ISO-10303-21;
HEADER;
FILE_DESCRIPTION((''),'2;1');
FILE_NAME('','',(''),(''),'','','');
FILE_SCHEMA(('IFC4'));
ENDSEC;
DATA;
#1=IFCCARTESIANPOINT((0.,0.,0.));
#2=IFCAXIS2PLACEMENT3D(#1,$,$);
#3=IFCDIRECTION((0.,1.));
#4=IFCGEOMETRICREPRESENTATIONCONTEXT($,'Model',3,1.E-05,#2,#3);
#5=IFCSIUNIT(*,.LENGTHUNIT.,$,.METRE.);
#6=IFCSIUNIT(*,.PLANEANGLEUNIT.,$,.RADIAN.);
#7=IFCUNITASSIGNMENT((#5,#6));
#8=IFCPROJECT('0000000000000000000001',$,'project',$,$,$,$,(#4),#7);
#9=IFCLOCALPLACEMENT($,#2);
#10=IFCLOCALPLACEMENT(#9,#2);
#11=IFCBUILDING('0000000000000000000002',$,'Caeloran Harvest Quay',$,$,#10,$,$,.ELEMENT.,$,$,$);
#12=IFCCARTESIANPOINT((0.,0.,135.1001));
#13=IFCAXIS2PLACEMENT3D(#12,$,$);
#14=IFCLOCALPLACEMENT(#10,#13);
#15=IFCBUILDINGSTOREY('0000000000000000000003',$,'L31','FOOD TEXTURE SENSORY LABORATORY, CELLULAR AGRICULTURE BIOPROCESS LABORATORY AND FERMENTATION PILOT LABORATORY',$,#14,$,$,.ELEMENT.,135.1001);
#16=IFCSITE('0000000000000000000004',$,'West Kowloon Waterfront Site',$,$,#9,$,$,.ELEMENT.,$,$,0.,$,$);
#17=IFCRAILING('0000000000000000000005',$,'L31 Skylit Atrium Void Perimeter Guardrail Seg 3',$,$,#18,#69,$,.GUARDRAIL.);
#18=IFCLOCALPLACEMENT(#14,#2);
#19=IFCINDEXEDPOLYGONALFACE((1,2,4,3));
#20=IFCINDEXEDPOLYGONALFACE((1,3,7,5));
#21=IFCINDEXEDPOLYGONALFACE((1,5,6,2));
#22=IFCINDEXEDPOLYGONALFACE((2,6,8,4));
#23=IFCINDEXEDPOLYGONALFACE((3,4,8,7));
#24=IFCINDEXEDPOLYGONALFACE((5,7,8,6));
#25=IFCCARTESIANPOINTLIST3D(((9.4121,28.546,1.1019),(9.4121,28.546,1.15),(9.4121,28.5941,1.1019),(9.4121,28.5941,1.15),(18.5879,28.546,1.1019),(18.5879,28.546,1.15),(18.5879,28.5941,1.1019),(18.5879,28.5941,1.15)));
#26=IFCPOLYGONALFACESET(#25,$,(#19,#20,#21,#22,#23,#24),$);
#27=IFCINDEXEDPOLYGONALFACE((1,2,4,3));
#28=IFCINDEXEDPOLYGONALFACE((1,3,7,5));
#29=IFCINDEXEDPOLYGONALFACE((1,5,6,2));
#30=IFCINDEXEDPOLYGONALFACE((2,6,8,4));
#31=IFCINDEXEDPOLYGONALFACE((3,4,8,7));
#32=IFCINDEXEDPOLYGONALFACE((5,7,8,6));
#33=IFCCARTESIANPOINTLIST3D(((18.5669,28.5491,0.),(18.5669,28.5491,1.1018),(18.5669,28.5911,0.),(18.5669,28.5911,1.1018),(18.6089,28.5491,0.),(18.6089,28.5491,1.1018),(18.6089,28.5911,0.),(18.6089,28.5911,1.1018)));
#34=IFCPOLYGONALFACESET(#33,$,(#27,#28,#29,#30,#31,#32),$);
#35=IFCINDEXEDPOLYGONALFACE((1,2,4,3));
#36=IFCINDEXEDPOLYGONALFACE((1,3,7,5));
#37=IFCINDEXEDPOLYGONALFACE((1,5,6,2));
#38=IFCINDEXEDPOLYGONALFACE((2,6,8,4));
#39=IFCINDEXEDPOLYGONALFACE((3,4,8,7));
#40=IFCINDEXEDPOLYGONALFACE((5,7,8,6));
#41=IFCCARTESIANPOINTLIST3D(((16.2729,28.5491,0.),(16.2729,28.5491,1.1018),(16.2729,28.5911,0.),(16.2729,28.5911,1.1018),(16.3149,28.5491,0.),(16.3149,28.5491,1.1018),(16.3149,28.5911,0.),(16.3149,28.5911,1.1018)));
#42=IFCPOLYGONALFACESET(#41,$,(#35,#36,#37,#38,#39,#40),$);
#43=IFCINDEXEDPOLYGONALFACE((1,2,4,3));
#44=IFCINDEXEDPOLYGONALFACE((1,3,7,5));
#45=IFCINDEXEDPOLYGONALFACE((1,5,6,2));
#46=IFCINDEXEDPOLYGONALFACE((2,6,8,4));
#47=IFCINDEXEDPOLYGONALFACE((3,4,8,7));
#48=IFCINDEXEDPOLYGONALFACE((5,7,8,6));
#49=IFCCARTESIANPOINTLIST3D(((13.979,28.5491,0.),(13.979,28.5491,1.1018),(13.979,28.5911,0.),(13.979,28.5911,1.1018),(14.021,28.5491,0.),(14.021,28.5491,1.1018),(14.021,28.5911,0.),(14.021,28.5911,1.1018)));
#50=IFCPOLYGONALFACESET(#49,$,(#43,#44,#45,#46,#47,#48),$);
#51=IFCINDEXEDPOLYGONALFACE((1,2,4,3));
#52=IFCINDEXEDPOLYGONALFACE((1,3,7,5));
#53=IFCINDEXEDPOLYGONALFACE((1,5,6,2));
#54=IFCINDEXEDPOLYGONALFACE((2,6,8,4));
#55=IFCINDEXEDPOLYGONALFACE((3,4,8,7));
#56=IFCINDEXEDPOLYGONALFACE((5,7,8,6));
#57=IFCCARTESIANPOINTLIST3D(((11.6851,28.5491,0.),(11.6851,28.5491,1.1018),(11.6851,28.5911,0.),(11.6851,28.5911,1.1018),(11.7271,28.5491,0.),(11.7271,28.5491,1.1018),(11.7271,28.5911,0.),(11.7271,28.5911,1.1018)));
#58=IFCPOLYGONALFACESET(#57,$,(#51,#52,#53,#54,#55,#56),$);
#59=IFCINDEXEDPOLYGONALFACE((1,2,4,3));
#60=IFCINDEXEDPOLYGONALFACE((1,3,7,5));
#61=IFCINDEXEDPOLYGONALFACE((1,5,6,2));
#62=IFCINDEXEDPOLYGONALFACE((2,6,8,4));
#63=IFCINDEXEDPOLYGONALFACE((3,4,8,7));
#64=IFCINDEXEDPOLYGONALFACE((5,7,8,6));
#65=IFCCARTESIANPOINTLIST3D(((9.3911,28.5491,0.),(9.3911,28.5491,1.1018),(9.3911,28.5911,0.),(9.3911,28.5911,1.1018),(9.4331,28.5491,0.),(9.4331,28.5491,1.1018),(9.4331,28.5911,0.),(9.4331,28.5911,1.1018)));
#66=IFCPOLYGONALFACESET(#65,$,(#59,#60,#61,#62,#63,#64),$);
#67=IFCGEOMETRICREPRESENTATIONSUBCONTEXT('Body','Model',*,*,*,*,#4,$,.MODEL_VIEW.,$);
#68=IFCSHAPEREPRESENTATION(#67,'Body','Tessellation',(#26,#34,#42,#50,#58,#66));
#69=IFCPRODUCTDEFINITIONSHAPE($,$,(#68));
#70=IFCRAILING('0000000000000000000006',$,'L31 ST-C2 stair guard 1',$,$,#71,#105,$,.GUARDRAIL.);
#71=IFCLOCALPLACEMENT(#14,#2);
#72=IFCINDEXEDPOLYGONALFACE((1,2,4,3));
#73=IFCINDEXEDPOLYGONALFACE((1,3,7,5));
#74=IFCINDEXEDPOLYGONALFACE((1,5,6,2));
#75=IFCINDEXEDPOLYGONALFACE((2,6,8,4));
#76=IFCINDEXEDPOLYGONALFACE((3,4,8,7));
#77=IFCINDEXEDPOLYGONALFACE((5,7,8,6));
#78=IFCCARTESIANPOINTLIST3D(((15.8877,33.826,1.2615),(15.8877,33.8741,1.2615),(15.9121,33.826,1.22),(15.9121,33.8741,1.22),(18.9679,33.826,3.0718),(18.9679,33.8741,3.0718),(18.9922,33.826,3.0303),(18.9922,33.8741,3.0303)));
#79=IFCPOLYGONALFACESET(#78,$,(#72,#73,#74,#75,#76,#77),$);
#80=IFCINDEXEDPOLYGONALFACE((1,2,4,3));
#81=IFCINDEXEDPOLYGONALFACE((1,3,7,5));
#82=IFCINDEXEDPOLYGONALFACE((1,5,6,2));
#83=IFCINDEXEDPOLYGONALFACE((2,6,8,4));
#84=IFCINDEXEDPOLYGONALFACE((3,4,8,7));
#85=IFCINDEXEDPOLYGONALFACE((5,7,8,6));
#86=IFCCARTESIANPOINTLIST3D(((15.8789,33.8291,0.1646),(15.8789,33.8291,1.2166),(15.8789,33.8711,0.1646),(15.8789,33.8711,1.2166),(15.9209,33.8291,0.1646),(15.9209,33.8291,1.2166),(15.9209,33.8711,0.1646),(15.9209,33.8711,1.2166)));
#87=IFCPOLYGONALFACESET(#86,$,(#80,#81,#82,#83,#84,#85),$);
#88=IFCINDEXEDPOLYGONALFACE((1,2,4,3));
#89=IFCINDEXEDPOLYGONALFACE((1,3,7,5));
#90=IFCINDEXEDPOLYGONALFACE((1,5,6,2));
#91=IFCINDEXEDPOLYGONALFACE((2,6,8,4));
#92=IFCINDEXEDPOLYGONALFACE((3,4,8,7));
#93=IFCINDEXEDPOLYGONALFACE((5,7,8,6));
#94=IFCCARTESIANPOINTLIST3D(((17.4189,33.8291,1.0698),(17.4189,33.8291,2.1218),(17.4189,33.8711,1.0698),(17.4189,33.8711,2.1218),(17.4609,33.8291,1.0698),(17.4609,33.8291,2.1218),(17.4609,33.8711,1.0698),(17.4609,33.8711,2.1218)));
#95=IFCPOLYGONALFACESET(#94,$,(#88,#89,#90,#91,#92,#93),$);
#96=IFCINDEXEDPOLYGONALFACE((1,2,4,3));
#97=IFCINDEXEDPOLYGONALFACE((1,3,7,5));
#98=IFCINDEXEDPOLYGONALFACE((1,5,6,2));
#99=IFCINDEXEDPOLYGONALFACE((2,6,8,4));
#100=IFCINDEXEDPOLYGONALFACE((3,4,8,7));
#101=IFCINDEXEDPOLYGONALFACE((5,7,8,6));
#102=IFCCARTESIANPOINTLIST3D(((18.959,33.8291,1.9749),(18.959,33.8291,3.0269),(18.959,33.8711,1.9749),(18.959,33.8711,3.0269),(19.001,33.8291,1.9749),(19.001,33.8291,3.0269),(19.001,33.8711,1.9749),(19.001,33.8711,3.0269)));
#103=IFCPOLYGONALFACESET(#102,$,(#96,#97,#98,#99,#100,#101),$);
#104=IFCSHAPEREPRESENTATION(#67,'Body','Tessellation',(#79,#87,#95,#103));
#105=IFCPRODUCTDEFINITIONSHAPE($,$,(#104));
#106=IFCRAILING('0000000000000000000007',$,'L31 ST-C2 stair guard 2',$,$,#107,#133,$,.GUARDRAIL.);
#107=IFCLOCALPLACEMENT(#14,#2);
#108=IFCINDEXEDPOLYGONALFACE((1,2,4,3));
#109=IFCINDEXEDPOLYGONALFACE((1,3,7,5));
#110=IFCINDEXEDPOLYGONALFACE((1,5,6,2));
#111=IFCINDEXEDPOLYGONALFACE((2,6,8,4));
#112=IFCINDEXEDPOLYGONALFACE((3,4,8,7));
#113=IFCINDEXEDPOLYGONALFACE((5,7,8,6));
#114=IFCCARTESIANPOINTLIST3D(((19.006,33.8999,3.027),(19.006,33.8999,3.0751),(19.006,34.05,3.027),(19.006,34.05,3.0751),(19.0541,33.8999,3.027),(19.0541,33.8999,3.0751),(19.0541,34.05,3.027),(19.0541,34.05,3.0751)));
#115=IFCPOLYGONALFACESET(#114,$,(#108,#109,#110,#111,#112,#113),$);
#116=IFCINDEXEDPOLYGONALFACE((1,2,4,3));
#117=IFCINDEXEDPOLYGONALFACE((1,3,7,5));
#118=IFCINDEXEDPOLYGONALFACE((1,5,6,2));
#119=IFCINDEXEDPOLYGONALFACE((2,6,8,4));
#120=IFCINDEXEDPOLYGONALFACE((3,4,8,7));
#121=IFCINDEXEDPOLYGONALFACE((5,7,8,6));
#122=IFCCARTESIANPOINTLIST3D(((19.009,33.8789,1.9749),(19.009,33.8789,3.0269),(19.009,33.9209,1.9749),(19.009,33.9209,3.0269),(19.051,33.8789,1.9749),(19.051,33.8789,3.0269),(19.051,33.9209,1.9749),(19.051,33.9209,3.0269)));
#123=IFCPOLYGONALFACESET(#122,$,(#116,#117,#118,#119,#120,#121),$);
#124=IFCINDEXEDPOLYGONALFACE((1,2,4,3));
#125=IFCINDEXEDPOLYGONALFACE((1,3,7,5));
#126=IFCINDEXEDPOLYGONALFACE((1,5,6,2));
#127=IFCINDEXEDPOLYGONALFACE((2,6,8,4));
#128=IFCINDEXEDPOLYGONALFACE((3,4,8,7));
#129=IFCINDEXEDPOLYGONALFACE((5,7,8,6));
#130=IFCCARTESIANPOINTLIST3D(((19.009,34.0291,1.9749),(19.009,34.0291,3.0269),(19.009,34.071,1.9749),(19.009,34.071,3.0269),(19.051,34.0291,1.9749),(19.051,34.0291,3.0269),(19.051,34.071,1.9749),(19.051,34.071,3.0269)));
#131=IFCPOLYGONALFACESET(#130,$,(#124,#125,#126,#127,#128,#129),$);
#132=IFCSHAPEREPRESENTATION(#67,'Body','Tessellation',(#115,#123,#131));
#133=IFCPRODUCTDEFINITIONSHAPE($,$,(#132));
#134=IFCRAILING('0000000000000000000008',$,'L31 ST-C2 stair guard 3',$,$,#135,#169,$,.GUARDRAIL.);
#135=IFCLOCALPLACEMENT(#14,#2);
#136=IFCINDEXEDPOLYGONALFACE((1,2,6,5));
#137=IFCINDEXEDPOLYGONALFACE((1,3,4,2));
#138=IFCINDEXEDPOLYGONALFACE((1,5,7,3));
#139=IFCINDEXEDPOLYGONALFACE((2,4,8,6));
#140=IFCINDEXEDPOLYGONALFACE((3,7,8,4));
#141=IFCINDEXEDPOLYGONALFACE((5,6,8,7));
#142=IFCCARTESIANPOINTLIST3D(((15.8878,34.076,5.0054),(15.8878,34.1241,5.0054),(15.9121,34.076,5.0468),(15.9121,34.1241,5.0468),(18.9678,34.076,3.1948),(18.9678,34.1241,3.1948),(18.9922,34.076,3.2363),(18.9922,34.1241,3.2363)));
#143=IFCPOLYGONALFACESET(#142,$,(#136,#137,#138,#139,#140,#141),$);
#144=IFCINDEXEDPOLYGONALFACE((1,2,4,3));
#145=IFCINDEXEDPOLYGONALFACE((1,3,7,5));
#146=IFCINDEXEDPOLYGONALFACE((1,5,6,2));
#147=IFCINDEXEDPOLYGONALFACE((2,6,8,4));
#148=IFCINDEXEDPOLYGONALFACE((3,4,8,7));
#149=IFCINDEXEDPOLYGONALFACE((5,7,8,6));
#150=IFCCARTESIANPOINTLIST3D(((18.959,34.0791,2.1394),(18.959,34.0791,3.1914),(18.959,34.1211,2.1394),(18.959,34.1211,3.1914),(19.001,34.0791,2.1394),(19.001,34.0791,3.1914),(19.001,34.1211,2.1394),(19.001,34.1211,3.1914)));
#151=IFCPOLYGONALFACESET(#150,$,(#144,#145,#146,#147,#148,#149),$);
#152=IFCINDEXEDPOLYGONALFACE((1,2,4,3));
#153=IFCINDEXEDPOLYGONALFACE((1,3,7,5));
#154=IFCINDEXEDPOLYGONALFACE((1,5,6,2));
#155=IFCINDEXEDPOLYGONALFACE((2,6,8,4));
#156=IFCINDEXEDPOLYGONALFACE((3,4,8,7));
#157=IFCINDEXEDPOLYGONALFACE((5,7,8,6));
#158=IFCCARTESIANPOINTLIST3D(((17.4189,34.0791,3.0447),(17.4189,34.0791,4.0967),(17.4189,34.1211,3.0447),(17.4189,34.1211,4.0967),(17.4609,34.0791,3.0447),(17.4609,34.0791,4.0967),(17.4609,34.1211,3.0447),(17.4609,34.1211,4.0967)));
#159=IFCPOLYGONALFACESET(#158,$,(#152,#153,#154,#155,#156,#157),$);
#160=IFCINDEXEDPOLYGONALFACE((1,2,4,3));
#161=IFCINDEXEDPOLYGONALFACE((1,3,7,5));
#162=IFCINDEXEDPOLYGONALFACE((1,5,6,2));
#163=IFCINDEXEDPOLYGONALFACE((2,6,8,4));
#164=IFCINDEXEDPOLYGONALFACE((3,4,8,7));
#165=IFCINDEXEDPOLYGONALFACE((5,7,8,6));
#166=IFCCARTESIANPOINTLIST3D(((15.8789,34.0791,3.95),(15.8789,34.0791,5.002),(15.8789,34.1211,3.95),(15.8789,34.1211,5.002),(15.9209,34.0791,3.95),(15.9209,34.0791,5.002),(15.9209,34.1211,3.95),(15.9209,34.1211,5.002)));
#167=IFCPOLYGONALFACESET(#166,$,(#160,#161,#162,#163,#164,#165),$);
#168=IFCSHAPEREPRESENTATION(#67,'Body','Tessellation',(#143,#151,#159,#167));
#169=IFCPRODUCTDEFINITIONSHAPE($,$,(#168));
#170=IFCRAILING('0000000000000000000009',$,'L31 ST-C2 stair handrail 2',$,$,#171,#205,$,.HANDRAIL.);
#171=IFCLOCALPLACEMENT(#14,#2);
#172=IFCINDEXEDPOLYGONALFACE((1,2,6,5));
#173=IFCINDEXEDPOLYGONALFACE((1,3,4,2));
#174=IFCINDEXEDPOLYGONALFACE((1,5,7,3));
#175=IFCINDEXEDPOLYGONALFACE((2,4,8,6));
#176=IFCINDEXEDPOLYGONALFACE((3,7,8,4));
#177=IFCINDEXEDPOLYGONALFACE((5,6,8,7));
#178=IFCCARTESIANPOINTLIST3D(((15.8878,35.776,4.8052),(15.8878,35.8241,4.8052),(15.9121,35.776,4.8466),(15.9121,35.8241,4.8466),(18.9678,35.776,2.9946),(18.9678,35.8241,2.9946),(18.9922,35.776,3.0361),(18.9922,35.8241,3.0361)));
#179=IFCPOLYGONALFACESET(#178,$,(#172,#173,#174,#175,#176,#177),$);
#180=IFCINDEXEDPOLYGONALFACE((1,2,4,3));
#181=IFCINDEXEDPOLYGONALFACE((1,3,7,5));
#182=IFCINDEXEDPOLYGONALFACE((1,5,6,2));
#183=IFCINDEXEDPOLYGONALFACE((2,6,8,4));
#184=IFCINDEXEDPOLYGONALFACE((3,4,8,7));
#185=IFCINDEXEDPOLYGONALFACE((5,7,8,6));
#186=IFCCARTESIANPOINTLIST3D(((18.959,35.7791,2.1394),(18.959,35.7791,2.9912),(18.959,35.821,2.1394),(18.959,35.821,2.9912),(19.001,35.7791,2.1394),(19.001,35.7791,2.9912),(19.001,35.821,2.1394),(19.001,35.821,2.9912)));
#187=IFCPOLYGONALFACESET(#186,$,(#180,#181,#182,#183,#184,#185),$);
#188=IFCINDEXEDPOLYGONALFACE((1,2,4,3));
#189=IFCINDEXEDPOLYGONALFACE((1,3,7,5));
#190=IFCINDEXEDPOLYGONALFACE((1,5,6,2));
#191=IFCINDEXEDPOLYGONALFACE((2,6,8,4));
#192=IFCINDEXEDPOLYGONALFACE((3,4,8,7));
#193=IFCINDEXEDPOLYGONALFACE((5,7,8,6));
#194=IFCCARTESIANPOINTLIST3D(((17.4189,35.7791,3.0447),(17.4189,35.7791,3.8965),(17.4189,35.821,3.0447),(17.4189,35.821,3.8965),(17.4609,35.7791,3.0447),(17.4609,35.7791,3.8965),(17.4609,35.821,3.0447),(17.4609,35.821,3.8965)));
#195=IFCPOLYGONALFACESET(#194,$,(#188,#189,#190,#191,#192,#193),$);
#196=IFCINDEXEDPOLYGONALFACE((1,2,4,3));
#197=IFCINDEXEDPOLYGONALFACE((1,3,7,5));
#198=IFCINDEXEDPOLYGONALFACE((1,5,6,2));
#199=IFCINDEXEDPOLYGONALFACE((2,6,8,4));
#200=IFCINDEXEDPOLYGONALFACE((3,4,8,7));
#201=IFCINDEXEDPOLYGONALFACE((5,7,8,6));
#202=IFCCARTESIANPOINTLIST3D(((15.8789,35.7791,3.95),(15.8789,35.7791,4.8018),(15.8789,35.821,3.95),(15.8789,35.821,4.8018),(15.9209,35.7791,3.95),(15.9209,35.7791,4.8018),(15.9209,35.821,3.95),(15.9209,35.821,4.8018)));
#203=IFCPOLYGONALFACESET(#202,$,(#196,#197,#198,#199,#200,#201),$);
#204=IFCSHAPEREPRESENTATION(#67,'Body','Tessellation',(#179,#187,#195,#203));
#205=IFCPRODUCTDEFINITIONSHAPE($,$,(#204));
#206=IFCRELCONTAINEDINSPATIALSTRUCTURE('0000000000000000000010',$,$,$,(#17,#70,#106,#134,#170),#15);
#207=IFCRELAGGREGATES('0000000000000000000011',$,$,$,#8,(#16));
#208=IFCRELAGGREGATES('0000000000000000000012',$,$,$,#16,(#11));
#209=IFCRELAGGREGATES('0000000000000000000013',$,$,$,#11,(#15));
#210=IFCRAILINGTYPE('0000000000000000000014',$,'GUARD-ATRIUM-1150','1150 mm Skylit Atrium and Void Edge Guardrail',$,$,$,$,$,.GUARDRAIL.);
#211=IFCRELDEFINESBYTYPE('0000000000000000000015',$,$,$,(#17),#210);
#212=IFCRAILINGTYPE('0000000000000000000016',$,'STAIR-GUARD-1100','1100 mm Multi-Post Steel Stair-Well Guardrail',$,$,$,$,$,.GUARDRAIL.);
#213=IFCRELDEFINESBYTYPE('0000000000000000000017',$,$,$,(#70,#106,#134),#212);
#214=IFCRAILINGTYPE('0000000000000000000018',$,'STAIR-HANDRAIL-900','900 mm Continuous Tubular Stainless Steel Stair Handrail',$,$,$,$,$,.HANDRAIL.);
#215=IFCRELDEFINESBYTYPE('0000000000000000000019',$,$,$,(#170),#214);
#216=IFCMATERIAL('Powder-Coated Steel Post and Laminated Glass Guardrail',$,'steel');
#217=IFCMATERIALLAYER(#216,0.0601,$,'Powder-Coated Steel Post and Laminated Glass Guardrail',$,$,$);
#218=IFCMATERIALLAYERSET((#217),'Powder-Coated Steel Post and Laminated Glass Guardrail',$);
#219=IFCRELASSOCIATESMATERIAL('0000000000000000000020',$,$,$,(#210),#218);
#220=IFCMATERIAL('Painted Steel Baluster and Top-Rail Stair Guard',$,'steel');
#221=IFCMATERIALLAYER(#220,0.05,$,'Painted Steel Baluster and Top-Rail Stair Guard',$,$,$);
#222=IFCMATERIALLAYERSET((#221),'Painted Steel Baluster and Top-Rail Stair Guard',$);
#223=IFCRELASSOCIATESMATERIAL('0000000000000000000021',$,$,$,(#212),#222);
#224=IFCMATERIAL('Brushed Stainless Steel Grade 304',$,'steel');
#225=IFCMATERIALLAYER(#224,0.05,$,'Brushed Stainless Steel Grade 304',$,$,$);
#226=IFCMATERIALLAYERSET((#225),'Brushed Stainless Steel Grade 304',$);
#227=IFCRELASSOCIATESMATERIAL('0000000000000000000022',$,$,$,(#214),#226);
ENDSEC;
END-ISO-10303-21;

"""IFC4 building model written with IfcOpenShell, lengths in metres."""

from ifc_helpers import new_model, si_unit, direction, frame, origin, origin_2d, place, context, subcontext, project, spatial, rectangle, extrude, material, layer, layer_set, type_object, element, save


model = new_model("IFC4")

# Units and contexts
model_context = context("Model", 3, precision=1e-05, world=origin(), true_north=direction((0.0, 1.0)))
body_context = subcontext(model_context, "Body", "Model", "MODEL_VIEW")
ifc_project = project(units=[si_unit("LENGTHUNIT", "METRE"), si_unit("PLANEANGLEUNIT", "RADIAN")], contexts=[model_context])

# Site, building, storey
site_placement = place(None, origin())
site = spatial("IfcSite", under=ifc_project, at=site_placement, Name="West Kowloon Waterfront Site", CompositionType="ELEMENT", RefElevation=0.0)
building_placement = place(site_placement, origin())
building = spatial("IfcBuilding", under=site, at=building_placement, Name="Caeloran Harvest Quay", CompositionType="ELEMENT")
storey_placement = place(building_placement, frame((0.0, 0.0, 135.1001)))
storey = spatial("IfcBuildingStorey", under=building, at=storey_placement, Name="L31", Description="FOOD TEXTURE SENSORY LABORATORY, CELLULAR AGRICULTURE BIOPROCESS LABORATORY AND FERMENTATION PILOT LABORATORY", CompositionType="ELEMENT", Elevation=135.1001)

# Railings
ifc_material_1 = material(Name="Powder-Coated Steel Post and Laminated Glass Guardrail", Category="steel")
ifc_layer_1 = layer(ifc_material_1, 0.0601, Name="Powder-Coated Steel Post and Laminated Glass Guardrail")
ifc_layer_set_1 = layer_set([ifc_layer_1], Name="Powder-Coated Steel Post and Laminated Glass Guardrail")
railing_type_1 = type_object("IfcRailingType", Name="GUARD-ATRIUM-1150", Description="1150 mm Skylit Atrium and Void Edge Guardrail", PredefinedType="GUARDRAIL", material=ifc_layer_set_1)
railing_1_placement = place(storey_placement, frame((18.5879, 28.5701, 0.0)))
element("IfcRailing", 1, at=railing_1_placement, inside=storey, type_object=railing_type_1, Name="L31 Skylit Atrium Void Perimeter Guardrail Seg 3", PredefinedType="GUARDRAIL", context=body_context, shape_type="SweptSolid", body=[
    extrude(rectangle(XDim=0.0481, YDim=0.0481, at=origin_2d()), frame((0.0, 0.0, 1.126), z_axis=(-1.0, 0.0, 0.0), x_axis=(0.0, -1.0, 0.0)), (0.0, 0.0, 1.0), 9.1758),
    extrude(rectangle(XDim=0.042, YDim=0.042, at=origin_2d()), origin(), (0.0, 0.0, 1.0), 1.1018),
    extrude(rectangle(XDim=0.042, YDim=0.042, at=origin_2d()), frame((-2.2939, 0.0, 0.0)), (0.0, 0.0, 1.0), 1.1018),
    extrude(rectangle(XDim=0.042, YDim=0.042, at=origin_2d()), frame((-4.5879, 0.0, 0.0)), (0.0, 0.0, 1.0), 1.1018),
    extrude(rectangle(XDim=0.042, YDim=0.042, at=origin_2d()), frame((-6.8818, 0.0, 0.0)), (0.0, 0.0, 1.0), 1.1018),
    extrude(rectangle(XDim=0.042, YDim=0.042, at=origin_2d()), frame((-9.1758, 0.0, 0.0)), (0.0, 0.0, 1.0), 1.1018),
])
ifc_material_2 = material(Name="Painted Steel Baluster and Top-Rail Stair Guard", Category="steel")
ifc_layer_2 = layer(ifc_material_2, 0.05, Name="Painted Steel Baluster and Top-Rail Stair Guard")
ifc_layer_set_2 = layer_set([ifc_layer_2], Name="Painted Steel Baluster and Top-Rail Stair Guard")
railing_type_2 = type_object("IfcRailingType", Name="STAIR-GUARD-1100", Description="1100 mm Multi-Post Steel Stair-Well Guardrail", PredefinedType="GUARDRAIL", material=ifc_layer_set_2)
railing_2_placement = place(storey_placement, frame((15.8999, 33.8501, 0.1646)))
element("IfcRailing", 2, at=railing_2_placement, inside=storey, type_object=railing_type_2, Name="L31 ST-C2 stair guard 1", PredefinedType="GUARDRAIL", context=body_context, shape_type="SweptSolid", body=[
    extrude(rectangle(XDim=0.0481, YDim=0.0481, at=origin_2d()), frame((0.0, 0.0, 1.0762), z_axis=(0.862119, 0.0, 0.506707), x_axis=(0.0, 1.0, 0.0)), (0.0, 0.0, 1.0), 3.5728),
    extrude(rectangle(XDim=0.042, YDim=0.042, at=origin_2d()), origin(), (0.0, 0.0, 1.0), 1.052),
    extrude(rectangle(XDim=0.042, YDim=0.042, at=origin_2d()), frame((1.54, 0.0, 0.9053)), (0.0, 0.0, 1.0), 1.052),
    extrude(rectangle(XDim=0.042, YDim=0.042, at=origin_2d()), frame((3.0801, 0.0, 1.8103)), (0.0, 0.0, 1.0), 1.052),
])
railing_3_placement = place(storey_placement, frame((19.03, 33.8999, 1.9749)))
element("IfcRailing", 3, at=railing_3_placement, inside=storey, type_object=railing_type_2, Name="L31 ST-C2 stair guard 2", PredefinedType="GUARDRAIL", context=body_context, shape_type="SweptSolid", body=[
    extrude(rectangle(XDim=0.0481, YDim=0.0481, at=origin_2d()), frame((0.0, 0.0, 1.0762), z_axis=(0.0, 1.0, 0.0), x_axis=(-1.0, 0.0, 0.0)), (0.0, 0.0, 1.0), 0.1501),
    extrude(rectangle(XDim=0.042, YDim=0.042, at=origin_2d()), origin(), (0.0, 0.0, 1.0), 1.052),
    extrude(rectangle(XDim=0.042, YDim=0.042, at=origin_2d()), frame((0.0, 0.1501, 0.0)), (0.0, 0.0, 1.0), 1.052),
])
railing_4_placement = place(storey_placement, frame((18.98, 34.1001, 2.1394)))
element("IfcRailing", 4, at=railing_4_placement, inside=storey, type_object=railing_type_2, Name="L31 ST-C2 stair guard 3", PredefinedType="GUARDRAIL", context=body_context, shape_type="SweptSolid", body=[
    extrude(rectangle(XDim=0.0481, YDim=0.0481, at=origin_2d()), frame((0.0, 0.0, 1.0762), z_axis=(-0.862089, 0.0, 0.506757), x_axis=(0.0, -1.0, 0.0)), (0.0, 0.0, 1.0), 3.5728),
    extrude(rectangle(XDim=0.042, YDim=0.042, at=origin_2d()), origin(), (0.0, 0.0, 1.0), 1.052),
    extrude(rectangle(XDim=0.042, YDim=0.042, at=origin_2d()), frame((-1.54, 0.0, 0.9053)), (0.0, 0.0, 1.0), 1.052),
    extrude(rectangle(XDim=0.042, YDim=0.042, at=origin_2d()), frame((-3.0801, 0.0, 1.8105)), (0.0, 0.0, 1.0), 1.052),
])
ifc_material_3 = material(Name="Brushed Stainless Steel Grade 304", Category="steel")
ifc_layer_3 = layer(ifc_material_3, 0.05, Name="Brushed Stainless Steel Grade 304")
ifc_layer_set_3 = layer_set([ifc_layer_3], Name="Brushed Stainless Steel Grade 304")
railing_type_3 = type_object("IfcRailingType", Name="STAIR-HANDRAIL-900", Description="900 mm Continuous Tubular Stainless Steel Stair Handrail", PredefinedType="HANDRAIL", material=ifc_layer_set_3)
railing_5_placement = place(storey_placement, frame((18.98, 35.8, 2.1394)))
element("IfcRailing", 5, at=railing_5_placement, inside=storey, type_object=railing_type_3, Name="L31 ST-C2 stair handrail 2", PredefinedType="HANDRAIL", context=body_context, shape_type="SweptSolid", body=[
    extrude(rectangle(XDim=0.0481, YDim=0.0481, at=origin_2d()), frame((0.0, 0.0, 0.876), z_axis=(-0.862089, 0.0, 0.506757), x_axis=(0.0, -1.0, 0.0)), (0.0, 0.0, 1.0), 3.5728),
    extrude(rectangle(XDim=0.042, YDim=0.042, at=origin_2d()), origin(), (0.0, 0.0, 1.0), 0.8518),
    extrude(rectangle(XDim=0.042, YDim=0.042, at=origin_2d()), frame((-1.54, 0.0, 0.9053)), (0.0, 0.0, 1.0), 0.8518),
    extrude(rectangle(XDim=0.042, YDim=0.042, at=origin_2d()), frame((-3.0801, 0.0, 1.8105)), (0.0, 0.0, 1.0), 0.8518),
])

save(model, "model.ifc")
